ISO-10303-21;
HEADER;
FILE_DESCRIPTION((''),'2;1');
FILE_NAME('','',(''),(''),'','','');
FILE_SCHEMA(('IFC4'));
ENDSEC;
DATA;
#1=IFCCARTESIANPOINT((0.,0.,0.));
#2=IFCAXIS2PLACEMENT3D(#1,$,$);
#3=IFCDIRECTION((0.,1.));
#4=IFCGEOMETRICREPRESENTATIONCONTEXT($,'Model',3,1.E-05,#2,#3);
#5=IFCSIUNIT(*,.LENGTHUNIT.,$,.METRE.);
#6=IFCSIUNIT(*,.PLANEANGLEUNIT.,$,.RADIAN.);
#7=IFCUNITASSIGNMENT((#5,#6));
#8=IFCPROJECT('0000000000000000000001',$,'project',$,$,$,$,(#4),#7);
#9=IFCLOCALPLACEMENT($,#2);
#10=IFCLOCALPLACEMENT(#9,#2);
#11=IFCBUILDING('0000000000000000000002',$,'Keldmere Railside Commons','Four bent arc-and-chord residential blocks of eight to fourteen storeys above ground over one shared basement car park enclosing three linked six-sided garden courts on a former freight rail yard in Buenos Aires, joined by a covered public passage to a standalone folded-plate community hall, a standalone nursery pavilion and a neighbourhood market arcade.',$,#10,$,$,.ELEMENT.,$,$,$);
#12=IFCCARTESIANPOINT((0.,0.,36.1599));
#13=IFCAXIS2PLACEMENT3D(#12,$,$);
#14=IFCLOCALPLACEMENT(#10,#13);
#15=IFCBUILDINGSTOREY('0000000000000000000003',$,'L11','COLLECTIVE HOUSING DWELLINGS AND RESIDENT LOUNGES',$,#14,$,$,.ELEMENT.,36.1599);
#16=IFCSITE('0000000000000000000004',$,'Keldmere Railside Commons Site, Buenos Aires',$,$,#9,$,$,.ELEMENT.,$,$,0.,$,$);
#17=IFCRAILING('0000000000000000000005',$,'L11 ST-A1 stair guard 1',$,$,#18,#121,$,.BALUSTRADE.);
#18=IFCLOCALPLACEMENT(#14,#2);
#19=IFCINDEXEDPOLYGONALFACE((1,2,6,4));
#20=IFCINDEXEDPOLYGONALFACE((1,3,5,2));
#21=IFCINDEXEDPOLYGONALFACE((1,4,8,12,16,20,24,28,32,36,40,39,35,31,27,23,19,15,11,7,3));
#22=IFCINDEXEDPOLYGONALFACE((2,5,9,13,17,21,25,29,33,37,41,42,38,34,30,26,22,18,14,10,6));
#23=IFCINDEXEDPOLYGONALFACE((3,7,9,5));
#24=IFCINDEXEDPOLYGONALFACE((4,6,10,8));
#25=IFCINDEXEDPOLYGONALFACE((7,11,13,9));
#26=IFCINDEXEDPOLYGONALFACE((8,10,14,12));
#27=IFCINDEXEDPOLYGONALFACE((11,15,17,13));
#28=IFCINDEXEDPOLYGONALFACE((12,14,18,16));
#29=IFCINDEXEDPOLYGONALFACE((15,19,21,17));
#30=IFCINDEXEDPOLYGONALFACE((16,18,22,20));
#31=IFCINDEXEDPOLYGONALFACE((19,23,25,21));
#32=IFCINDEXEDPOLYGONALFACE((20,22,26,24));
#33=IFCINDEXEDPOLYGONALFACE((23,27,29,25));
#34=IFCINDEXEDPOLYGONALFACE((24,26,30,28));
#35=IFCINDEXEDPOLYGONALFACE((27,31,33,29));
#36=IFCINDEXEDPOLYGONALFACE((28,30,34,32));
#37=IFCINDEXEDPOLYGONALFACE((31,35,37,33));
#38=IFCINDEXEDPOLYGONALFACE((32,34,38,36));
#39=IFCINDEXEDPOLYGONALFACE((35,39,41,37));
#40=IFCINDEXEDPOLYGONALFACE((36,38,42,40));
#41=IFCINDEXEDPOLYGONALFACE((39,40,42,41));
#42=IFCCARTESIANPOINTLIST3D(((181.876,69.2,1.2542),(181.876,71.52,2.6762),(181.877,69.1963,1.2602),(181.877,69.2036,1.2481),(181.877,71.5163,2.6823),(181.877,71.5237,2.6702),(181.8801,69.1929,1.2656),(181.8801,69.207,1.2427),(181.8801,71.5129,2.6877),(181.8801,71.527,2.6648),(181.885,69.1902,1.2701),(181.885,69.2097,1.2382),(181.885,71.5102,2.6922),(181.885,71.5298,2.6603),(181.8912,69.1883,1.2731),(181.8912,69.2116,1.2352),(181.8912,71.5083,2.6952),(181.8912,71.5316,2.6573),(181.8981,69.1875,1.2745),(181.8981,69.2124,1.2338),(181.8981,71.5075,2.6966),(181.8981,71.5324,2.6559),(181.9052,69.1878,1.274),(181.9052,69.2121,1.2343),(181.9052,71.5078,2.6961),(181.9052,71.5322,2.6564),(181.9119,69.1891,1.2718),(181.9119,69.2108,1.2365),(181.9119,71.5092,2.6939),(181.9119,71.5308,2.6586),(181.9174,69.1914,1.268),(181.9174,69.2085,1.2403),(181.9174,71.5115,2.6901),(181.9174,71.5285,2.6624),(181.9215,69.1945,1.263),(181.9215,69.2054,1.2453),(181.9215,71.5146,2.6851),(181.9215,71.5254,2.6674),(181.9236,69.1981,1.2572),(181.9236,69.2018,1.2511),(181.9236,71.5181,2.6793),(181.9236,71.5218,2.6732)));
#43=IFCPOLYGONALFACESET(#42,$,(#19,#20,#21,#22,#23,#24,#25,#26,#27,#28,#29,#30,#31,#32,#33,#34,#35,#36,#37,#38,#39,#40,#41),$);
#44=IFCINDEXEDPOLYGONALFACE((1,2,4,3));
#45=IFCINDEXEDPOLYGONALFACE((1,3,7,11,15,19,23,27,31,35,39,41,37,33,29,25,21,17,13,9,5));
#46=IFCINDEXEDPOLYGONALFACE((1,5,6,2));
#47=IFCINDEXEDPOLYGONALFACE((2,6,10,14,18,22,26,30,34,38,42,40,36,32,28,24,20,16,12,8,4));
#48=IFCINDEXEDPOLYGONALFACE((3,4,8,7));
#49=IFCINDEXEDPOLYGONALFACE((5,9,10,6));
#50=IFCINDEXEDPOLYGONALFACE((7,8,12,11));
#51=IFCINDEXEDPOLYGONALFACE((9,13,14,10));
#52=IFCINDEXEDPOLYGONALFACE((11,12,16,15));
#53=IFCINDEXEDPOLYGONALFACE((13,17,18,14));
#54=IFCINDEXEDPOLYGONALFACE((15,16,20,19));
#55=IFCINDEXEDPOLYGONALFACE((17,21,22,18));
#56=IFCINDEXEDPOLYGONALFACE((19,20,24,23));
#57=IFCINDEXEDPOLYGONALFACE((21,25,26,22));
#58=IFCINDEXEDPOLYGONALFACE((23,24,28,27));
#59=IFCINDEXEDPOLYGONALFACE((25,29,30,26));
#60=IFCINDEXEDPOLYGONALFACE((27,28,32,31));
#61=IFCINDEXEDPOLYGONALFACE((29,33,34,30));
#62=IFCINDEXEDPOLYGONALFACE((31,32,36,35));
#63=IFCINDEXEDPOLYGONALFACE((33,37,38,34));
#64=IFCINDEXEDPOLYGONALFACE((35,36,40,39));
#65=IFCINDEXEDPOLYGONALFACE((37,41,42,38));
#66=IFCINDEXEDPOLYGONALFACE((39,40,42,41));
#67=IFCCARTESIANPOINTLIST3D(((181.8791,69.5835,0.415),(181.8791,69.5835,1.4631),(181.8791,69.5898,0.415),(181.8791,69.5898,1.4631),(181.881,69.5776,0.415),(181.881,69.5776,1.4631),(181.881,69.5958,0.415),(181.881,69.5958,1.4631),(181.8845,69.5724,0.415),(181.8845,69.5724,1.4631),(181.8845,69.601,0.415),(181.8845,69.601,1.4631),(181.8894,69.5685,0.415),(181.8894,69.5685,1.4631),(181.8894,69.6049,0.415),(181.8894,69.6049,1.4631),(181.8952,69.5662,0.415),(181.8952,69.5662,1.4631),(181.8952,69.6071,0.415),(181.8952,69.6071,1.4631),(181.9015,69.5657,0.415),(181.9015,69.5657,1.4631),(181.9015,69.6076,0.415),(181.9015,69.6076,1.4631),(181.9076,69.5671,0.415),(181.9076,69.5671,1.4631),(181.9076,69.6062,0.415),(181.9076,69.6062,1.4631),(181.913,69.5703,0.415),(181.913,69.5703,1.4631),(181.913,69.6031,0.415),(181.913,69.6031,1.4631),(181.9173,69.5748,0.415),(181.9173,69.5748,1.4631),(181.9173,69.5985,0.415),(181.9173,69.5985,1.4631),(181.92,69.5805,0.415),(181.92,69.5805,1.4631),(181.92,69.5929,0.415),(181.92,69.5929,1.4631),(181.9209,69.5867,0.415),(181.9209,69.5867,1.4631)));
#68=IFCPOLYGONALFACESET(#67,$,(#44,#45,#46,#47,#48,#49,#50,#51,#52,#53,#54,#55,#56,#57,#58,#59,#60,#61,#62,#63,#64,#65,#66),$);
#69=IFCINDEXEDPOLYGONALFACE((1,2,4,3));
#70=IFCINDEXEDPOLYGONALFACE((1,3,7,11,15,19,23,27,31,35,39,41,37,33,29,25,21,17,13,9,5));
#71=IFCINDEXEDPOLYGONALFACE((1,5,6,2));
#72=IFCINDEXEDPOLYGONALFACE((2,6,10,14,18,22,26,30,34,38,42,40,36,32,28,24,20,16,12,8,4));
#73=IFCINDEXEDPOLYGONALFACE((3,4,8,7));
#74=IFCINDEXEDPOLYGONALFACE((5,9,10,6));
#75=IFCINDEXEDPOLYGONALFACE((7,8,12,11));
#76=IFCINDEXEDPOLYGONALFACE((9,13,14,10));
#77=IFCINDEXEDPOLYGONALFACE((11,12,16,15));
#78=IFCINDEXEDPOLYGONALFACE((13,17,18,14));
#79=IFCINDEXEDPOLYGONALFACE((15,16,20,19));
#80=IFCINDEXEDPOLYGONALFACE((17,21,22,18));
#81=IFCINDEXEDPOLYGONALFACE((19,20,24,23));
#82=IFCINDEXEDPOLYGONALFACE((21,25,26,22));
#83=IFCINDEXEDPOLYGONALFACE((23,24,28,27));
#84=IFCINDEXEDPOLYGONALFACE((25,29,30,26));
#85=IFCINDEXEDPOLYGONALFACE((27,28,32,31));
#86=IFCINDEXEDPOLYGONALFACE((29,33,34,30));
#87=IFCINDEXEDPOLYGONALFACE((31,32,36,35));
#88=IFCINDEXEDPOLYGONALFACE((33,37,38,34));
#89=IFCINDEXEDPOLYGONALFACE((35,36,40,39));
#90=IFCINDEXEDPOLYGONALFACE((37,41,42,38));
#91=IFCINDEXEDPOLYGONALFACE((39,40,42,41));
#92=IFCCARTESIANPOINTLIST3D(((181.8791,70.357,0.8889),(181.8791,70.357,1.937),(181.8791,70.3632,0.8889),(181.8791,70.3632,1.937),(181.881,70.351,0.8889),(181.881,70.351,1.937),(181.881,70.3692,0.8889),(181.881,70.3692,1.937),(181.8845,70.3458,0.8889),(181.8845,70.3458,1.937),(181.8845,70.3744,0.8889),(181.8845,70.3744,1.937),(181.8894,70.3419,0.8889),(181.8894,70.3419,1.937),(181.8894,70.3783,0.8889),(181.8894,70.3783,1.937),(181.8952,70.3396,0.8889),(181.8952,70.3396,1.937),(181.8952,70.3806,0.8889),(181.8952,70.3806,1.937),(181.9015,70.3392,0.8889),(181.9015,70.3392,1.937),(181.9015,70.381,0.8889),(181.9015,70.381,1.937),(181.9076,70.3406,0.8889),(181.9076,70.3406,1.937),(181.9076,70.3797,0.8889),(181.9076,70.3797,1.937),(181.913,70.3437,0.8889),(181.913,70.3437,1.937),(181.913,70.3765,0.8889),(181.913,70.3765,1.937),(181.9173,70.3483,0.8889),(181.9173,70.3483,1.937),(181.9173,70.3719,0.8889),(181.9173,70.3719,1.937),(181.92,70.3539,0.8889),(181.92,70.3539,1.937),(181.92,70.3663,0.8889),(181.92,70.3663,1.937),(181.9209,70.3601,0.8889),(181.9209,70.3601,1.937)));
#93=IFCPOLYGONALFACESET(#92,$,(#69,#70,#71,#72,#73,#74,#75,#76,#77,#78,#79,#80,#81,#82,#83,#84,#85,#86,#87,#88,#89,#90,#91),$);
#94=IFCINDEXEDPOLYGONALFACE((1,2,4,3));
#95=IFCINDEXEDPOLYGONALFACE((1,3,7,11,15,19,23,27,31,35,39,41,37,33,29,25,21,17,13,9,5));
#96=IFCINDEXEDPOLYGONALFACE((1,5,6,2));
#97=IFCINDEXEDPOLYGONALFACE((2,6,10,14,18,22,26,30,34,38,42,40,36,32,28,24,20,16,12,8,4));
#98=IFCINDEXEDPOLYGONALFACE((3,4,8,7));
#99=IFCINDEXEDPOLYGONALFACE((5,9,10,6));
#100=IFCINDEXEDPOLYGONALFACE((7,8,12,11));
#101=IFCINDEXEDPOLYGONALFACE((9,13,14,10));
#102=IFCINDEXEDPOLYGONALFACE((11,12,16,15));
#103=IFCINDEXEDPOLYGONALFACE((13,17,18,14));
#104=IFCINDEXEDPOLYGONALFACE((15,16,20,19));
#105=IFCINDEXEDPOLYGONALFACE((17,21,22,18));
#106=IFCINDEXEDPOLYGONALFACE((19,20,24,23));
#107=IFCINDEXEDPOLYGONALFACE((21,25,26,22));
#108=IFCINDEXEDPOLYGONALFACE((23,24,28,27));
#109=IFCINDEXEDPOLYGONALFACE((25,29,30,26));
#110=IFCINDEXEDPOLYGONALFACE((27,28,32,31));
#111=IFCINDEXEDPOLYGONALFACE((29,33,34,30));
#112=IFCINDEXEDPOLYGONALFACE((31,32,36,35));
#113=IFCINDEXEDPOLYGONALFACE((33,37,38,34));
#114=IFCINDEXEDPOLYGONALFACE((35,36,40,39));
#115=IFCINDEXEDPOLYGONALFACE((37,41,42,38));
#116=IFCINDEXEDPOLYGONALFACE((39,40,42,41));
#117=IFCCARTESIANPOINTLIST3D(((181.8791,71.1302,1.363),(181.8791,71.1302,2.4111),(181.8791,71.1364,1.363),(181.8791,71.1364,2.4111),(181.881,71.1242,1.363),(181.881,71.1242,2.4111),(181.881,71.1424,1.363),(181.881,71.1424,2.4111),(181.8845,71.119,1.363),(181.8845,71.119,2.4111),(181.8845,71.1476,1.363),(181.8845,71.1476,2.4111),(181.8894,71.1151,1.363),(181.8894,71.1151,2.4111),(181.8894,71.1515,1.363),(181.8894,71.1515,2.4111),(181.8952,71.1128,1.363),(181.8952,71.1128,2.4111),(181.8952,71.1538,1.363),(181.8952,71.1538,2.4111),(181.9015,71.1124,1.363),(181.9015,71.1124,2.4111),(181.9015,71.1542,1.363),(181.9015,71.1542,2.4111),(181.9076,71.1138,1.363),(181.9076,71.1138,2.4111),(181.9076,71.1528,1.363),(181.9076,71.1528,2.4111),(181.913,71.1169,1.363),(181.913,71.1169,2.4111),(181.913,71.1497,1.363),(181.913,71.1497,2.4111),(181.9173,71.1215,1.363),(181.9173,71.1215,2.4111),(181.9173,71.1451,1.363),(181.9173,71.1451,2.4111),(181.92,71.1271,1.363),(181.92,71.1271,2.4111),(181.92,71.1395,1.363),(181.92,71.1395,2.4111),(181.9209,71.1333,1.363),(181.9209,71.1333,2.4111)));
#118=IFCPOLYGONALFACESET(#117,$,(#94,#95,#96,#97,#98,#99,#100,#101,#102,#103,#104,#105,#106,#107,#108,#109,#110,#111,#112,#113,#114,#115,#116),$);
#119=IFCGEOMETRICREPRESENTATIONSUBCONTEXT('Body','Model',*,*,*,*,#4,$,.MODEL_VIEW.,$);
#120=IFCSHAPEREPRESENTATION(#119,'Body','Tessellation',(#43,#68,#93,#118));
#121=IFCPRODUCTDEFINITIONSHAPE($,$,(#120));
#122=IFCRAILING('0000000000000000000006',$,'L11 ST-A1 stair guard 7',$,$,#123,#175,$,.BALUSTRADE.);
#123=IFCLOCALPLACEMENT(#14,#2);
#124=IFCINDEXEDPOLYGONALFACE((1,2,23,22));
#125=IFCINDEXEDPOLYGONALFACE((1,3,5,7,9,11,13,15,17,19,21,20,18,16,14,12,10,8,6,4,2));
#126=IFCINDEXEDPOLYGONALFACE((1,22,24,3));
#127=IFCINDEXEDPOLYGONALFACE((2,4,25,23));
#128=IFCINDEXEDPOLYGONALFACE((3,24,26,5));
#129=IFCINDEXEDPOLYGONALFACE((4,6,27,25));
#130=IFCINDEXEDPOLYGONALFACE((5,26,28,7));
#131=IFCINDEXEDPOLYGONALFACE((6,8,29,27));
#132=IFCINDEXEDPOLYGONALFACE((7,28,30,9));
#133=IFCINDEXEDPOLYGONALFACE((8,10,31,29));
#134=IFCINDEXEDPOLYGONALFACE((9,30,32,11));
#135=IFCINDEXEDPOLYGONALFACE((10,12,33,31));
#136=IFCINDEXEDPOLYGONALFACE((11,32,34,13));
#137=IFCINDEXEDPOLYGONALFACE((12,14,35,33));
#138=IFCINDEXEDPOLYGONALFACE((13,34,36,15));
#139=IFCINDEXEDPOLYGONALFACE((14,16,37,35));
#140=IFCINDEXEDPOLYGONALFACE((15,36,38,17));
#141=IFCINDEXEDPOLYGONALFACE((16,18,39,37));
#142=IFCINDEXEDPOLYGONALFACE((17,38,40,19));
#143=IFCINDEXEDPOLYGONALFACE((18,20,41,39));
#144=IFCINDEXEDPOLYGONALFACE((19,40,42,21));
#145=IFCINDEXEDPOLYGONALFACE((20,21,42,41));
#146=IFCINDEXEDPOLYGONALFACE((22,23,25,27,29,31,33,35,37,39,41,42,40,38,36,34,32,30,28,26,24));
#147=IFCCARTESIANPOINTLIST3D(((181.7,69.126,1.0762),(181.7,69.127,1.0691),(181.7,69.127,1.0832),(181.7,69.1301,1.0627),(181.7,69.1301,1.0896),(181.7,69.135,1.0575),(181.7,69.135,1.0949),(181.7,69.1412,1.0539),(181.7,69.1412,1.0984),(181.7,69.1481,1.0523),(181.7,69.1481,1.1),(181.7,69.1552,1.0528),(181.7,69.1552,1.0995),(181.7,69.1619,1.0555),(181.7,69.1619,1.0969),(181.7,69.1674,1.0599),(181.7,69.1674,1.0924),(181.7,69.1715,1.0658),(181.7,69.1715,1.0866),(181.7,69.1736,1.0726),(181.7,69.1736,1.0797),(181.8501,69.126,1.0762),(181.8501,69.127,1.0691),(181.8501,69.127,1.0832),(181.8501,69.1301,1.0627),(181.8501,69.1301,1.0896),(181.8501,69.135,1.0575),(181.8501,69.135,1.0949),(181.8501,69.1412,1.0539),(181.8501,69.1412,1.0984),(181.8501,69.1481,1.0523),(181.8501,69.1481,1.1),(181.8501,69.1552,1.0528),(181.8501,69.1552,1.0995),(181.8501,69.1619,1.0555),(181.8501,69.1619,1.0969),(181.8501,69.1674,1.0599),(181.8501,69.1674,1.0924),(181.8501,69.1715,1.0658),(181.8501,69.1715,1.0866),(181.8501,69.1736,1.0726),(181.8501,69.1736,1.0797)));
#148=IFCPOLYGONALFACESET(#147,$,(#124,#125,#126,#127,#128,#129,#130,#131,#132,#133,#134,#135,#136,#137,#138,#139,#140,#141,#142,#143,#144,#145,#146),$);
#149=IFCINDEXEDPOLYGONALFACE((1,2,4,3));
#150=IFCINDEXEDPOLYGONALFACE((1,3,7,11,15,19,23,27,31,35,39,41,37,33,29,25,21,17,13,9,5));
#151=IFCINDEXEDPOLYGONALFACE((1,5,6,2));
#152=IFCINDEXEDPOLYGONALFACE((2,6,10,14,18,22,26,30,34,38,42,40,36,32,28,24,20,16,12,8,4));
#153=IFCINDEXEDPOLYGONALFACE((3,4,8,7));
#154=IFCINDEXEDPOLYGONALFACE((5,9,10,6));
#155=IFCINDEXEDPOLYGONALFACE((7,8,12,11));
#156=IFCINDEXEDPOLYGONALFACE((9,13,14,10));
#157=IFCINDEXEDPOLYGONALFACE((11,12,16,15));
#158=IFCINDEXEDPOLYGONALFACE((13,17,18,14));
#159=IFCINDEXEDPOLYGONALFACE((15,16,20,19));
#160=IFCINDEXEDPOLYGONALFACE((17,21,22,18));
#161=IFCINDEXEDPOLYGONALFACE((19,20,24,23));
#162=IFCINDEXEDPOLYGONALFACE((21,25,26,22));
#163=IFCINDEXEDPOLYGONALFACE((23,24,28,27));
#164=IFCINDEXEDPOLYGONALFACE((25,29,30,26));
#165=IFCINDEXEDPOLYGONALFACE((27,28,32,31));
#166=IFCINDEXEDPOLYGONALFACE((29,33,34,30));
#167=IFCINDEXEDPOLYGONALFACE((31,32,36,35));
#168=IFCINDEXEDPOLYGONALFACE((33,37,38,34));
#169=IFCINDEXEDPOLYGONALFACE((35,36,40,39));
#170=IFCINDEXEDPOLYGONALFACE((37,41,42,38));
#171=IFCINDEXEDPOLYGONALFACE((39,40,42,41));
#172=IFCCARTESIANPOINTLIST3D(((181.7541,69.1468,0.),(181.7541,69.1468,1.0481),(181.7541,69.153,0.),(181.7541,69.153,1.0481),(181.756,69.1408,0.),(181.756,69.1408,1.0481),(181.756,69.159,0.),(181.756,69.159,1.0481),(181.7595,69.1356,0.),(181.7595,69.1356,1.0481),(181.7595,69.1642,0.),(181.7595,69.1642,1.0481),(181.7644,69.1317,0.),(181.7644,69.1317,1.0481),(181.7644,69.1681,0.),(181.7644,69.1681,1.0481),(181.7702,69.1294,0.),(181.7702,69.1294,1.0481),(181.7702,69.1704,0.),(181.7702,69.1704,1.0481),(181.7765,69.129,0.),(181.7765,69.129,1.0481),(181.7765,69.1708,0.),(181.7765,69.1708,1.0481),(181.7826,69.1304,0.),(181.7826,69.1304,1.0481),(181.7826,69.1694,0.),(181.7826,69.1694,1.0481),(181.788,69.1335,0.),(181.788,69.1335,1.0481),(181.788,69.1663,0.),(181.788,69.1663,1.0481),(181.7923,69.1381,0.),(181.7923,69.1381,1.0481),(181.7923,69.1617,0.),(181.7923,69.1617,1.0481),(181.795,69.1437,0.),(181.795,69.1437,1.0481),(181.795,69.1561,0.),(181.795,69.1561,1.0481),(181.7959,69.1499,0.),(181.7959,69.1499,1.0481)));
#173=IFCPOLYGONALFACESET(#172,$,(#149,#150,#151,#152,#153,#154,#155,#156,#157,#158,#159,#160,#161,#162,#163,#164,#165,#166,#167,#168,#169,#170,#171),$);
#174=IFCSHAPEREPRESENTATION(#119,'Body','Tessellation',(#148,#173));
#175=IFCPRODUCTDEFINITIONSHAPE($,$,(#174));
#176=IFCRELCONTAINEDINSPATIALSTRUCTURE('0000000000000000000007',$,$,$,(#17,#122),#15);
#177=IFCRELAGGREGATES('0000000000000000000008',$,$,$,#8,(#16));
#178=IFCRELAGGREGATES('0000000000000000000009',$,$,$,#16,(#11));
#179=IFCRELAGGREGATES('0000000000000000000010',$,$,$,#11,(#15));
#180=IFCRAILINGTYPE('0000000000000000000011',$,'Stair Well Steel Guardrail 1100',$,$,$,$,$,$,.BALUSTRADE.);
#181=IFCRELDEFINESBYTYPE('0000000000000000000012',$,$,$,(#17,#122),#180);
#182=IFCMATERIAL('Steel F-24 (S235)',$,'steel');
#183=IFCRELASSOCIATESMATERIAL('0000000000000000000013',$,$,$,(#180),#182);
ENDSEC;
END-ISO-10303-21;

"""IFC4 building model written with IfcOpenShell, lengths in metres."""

from ifc_helpers import new_model, si_unit, direction, frame, origin, origin_2d, place, context, subcontext, project, spatial, circle, extrude, material, type_object, element, save


model = new_model("IFC4")

# Units and contexts
model_context = context("Model", 3, precision=1e-05, world=origin(), true_north=direction((0.0, 1.0)))
body_context = subcontext(model_context, "Body", "Model", "MODEL_VIEW")
ifc_project = project(units=[si_unit("LENGTHUNIT", "METRE"), si_unit("PLANEANGLEUNIT", "RADIAN")], contexts=[model_context])

# Site, building, storey
site_placement = place(None, origin())
site = spatial("IfcSite", under=ifc_project, at=site_placement, Name="Keldmere Railside Commons Site, Buenos Aires", CompositionType="ELEMENT", RefElevation=0.0)
building_placement = place(site_placement, origin())
building = spatial("IfcBuilding", under=site, at=building_placement, Name="Keldmere Railside Commons", Description="Four bent arc-and-chord residential blocks of eight to fourteen storeys above ground over one shared basement car park enclosing three linked six-sided garden courts on a former freight rail yard in Buenos Aires, joined by a covered public passage to a standalone folded-plate community hall, a standalone nursery pavilion and a neighbourhood market arcade.", CompositionType="ELEMENT")
storey_placement = place(building_placement, frame((0.0, 0.0, 36.1599)))
storey = spatial("IfcBuildingStorey", under=building, at=storey_placement, Name="L11", Description="COLLECTIVE HOUSING DWELLINGS AND RESIDENT LOUNGES", CompositionType="ELEMENT", Elevation=36.1599)

# Shared definitions
ifc_material_1 = material(Name="Steel F-24 (S235)", Category="steel")

# Railings
railing_type_1 = type_object("IfcRailingType", Name="Stair Well Steel Guardrail 1100", PredefinedType="BALUSTRADE", material=ifc_material_1)
railing_1_placement = place(storey_placement, frame((181.8999, 69.2, 0.178)))
element("IfcRailing", 1, at=railing_1_placement, inside=storey, type_object=railing_type_1, Name="L11 ST-A1 stair guard 1", PredefinedType="BALUSTRADE", context=body_context, shape_type="SweptSolid", body=[
    extrude(circle(Radius=0.0239, at=origin_2d()), frame((0.0, 0.0, 1.0762), z_axis=(0.0, 0.852578, 0.5226), x_axis=(-1.0, 0.0, 0.0)), (0.0, 0.0, 1.0), 2.7212),
    extrude(circle(Radius=0.021, at=origin_2d()), frame((0.0, 0.3867, 0.2371)), (0.0, 0.0, 1.0), 1.0481),
    extrude(circle(Radius=0.021, at=origin_2d()), frame((0.0, 1.1602, 0.7109)), (0.0, 0.0, 1.0), 1.0481),
    extrude(circle(Radius=0.021, at=origin_2d()), frame((0.0, 1.9333, 1.1851)), (0.0, 0.0, 1.0), 1.0481),
])
railing_2_placement = place(storey_placement, frame((181.8501, 69.1499, 0.0)))
element("IfcRailing", 2, at=railing_2_placement, inside=storey, type_object=railing_type_1, Name="L11 ST-A1 stair guard 7", PredefinedType="BALUSTRADE", context=body_context, shape_type="SweptSolid", body=[
    extrude(circle(Radius=0.0239, at=origin_2d()), frame((0.0, 0.0, 1.0762), z_axis=(-1.0, 0.0, 0.0), x_axis=(0.0, -1.0, 0.0)), (0.0, 0.0, 1.0), 0.1501),
    extrude(circle(Radius=0.021, at=origin_2d()), frame((-0.0752, 0.0, 0.0)), (0.0, 0.0, 1.0), 1.0481),
])

save(model, "model.ifc")
